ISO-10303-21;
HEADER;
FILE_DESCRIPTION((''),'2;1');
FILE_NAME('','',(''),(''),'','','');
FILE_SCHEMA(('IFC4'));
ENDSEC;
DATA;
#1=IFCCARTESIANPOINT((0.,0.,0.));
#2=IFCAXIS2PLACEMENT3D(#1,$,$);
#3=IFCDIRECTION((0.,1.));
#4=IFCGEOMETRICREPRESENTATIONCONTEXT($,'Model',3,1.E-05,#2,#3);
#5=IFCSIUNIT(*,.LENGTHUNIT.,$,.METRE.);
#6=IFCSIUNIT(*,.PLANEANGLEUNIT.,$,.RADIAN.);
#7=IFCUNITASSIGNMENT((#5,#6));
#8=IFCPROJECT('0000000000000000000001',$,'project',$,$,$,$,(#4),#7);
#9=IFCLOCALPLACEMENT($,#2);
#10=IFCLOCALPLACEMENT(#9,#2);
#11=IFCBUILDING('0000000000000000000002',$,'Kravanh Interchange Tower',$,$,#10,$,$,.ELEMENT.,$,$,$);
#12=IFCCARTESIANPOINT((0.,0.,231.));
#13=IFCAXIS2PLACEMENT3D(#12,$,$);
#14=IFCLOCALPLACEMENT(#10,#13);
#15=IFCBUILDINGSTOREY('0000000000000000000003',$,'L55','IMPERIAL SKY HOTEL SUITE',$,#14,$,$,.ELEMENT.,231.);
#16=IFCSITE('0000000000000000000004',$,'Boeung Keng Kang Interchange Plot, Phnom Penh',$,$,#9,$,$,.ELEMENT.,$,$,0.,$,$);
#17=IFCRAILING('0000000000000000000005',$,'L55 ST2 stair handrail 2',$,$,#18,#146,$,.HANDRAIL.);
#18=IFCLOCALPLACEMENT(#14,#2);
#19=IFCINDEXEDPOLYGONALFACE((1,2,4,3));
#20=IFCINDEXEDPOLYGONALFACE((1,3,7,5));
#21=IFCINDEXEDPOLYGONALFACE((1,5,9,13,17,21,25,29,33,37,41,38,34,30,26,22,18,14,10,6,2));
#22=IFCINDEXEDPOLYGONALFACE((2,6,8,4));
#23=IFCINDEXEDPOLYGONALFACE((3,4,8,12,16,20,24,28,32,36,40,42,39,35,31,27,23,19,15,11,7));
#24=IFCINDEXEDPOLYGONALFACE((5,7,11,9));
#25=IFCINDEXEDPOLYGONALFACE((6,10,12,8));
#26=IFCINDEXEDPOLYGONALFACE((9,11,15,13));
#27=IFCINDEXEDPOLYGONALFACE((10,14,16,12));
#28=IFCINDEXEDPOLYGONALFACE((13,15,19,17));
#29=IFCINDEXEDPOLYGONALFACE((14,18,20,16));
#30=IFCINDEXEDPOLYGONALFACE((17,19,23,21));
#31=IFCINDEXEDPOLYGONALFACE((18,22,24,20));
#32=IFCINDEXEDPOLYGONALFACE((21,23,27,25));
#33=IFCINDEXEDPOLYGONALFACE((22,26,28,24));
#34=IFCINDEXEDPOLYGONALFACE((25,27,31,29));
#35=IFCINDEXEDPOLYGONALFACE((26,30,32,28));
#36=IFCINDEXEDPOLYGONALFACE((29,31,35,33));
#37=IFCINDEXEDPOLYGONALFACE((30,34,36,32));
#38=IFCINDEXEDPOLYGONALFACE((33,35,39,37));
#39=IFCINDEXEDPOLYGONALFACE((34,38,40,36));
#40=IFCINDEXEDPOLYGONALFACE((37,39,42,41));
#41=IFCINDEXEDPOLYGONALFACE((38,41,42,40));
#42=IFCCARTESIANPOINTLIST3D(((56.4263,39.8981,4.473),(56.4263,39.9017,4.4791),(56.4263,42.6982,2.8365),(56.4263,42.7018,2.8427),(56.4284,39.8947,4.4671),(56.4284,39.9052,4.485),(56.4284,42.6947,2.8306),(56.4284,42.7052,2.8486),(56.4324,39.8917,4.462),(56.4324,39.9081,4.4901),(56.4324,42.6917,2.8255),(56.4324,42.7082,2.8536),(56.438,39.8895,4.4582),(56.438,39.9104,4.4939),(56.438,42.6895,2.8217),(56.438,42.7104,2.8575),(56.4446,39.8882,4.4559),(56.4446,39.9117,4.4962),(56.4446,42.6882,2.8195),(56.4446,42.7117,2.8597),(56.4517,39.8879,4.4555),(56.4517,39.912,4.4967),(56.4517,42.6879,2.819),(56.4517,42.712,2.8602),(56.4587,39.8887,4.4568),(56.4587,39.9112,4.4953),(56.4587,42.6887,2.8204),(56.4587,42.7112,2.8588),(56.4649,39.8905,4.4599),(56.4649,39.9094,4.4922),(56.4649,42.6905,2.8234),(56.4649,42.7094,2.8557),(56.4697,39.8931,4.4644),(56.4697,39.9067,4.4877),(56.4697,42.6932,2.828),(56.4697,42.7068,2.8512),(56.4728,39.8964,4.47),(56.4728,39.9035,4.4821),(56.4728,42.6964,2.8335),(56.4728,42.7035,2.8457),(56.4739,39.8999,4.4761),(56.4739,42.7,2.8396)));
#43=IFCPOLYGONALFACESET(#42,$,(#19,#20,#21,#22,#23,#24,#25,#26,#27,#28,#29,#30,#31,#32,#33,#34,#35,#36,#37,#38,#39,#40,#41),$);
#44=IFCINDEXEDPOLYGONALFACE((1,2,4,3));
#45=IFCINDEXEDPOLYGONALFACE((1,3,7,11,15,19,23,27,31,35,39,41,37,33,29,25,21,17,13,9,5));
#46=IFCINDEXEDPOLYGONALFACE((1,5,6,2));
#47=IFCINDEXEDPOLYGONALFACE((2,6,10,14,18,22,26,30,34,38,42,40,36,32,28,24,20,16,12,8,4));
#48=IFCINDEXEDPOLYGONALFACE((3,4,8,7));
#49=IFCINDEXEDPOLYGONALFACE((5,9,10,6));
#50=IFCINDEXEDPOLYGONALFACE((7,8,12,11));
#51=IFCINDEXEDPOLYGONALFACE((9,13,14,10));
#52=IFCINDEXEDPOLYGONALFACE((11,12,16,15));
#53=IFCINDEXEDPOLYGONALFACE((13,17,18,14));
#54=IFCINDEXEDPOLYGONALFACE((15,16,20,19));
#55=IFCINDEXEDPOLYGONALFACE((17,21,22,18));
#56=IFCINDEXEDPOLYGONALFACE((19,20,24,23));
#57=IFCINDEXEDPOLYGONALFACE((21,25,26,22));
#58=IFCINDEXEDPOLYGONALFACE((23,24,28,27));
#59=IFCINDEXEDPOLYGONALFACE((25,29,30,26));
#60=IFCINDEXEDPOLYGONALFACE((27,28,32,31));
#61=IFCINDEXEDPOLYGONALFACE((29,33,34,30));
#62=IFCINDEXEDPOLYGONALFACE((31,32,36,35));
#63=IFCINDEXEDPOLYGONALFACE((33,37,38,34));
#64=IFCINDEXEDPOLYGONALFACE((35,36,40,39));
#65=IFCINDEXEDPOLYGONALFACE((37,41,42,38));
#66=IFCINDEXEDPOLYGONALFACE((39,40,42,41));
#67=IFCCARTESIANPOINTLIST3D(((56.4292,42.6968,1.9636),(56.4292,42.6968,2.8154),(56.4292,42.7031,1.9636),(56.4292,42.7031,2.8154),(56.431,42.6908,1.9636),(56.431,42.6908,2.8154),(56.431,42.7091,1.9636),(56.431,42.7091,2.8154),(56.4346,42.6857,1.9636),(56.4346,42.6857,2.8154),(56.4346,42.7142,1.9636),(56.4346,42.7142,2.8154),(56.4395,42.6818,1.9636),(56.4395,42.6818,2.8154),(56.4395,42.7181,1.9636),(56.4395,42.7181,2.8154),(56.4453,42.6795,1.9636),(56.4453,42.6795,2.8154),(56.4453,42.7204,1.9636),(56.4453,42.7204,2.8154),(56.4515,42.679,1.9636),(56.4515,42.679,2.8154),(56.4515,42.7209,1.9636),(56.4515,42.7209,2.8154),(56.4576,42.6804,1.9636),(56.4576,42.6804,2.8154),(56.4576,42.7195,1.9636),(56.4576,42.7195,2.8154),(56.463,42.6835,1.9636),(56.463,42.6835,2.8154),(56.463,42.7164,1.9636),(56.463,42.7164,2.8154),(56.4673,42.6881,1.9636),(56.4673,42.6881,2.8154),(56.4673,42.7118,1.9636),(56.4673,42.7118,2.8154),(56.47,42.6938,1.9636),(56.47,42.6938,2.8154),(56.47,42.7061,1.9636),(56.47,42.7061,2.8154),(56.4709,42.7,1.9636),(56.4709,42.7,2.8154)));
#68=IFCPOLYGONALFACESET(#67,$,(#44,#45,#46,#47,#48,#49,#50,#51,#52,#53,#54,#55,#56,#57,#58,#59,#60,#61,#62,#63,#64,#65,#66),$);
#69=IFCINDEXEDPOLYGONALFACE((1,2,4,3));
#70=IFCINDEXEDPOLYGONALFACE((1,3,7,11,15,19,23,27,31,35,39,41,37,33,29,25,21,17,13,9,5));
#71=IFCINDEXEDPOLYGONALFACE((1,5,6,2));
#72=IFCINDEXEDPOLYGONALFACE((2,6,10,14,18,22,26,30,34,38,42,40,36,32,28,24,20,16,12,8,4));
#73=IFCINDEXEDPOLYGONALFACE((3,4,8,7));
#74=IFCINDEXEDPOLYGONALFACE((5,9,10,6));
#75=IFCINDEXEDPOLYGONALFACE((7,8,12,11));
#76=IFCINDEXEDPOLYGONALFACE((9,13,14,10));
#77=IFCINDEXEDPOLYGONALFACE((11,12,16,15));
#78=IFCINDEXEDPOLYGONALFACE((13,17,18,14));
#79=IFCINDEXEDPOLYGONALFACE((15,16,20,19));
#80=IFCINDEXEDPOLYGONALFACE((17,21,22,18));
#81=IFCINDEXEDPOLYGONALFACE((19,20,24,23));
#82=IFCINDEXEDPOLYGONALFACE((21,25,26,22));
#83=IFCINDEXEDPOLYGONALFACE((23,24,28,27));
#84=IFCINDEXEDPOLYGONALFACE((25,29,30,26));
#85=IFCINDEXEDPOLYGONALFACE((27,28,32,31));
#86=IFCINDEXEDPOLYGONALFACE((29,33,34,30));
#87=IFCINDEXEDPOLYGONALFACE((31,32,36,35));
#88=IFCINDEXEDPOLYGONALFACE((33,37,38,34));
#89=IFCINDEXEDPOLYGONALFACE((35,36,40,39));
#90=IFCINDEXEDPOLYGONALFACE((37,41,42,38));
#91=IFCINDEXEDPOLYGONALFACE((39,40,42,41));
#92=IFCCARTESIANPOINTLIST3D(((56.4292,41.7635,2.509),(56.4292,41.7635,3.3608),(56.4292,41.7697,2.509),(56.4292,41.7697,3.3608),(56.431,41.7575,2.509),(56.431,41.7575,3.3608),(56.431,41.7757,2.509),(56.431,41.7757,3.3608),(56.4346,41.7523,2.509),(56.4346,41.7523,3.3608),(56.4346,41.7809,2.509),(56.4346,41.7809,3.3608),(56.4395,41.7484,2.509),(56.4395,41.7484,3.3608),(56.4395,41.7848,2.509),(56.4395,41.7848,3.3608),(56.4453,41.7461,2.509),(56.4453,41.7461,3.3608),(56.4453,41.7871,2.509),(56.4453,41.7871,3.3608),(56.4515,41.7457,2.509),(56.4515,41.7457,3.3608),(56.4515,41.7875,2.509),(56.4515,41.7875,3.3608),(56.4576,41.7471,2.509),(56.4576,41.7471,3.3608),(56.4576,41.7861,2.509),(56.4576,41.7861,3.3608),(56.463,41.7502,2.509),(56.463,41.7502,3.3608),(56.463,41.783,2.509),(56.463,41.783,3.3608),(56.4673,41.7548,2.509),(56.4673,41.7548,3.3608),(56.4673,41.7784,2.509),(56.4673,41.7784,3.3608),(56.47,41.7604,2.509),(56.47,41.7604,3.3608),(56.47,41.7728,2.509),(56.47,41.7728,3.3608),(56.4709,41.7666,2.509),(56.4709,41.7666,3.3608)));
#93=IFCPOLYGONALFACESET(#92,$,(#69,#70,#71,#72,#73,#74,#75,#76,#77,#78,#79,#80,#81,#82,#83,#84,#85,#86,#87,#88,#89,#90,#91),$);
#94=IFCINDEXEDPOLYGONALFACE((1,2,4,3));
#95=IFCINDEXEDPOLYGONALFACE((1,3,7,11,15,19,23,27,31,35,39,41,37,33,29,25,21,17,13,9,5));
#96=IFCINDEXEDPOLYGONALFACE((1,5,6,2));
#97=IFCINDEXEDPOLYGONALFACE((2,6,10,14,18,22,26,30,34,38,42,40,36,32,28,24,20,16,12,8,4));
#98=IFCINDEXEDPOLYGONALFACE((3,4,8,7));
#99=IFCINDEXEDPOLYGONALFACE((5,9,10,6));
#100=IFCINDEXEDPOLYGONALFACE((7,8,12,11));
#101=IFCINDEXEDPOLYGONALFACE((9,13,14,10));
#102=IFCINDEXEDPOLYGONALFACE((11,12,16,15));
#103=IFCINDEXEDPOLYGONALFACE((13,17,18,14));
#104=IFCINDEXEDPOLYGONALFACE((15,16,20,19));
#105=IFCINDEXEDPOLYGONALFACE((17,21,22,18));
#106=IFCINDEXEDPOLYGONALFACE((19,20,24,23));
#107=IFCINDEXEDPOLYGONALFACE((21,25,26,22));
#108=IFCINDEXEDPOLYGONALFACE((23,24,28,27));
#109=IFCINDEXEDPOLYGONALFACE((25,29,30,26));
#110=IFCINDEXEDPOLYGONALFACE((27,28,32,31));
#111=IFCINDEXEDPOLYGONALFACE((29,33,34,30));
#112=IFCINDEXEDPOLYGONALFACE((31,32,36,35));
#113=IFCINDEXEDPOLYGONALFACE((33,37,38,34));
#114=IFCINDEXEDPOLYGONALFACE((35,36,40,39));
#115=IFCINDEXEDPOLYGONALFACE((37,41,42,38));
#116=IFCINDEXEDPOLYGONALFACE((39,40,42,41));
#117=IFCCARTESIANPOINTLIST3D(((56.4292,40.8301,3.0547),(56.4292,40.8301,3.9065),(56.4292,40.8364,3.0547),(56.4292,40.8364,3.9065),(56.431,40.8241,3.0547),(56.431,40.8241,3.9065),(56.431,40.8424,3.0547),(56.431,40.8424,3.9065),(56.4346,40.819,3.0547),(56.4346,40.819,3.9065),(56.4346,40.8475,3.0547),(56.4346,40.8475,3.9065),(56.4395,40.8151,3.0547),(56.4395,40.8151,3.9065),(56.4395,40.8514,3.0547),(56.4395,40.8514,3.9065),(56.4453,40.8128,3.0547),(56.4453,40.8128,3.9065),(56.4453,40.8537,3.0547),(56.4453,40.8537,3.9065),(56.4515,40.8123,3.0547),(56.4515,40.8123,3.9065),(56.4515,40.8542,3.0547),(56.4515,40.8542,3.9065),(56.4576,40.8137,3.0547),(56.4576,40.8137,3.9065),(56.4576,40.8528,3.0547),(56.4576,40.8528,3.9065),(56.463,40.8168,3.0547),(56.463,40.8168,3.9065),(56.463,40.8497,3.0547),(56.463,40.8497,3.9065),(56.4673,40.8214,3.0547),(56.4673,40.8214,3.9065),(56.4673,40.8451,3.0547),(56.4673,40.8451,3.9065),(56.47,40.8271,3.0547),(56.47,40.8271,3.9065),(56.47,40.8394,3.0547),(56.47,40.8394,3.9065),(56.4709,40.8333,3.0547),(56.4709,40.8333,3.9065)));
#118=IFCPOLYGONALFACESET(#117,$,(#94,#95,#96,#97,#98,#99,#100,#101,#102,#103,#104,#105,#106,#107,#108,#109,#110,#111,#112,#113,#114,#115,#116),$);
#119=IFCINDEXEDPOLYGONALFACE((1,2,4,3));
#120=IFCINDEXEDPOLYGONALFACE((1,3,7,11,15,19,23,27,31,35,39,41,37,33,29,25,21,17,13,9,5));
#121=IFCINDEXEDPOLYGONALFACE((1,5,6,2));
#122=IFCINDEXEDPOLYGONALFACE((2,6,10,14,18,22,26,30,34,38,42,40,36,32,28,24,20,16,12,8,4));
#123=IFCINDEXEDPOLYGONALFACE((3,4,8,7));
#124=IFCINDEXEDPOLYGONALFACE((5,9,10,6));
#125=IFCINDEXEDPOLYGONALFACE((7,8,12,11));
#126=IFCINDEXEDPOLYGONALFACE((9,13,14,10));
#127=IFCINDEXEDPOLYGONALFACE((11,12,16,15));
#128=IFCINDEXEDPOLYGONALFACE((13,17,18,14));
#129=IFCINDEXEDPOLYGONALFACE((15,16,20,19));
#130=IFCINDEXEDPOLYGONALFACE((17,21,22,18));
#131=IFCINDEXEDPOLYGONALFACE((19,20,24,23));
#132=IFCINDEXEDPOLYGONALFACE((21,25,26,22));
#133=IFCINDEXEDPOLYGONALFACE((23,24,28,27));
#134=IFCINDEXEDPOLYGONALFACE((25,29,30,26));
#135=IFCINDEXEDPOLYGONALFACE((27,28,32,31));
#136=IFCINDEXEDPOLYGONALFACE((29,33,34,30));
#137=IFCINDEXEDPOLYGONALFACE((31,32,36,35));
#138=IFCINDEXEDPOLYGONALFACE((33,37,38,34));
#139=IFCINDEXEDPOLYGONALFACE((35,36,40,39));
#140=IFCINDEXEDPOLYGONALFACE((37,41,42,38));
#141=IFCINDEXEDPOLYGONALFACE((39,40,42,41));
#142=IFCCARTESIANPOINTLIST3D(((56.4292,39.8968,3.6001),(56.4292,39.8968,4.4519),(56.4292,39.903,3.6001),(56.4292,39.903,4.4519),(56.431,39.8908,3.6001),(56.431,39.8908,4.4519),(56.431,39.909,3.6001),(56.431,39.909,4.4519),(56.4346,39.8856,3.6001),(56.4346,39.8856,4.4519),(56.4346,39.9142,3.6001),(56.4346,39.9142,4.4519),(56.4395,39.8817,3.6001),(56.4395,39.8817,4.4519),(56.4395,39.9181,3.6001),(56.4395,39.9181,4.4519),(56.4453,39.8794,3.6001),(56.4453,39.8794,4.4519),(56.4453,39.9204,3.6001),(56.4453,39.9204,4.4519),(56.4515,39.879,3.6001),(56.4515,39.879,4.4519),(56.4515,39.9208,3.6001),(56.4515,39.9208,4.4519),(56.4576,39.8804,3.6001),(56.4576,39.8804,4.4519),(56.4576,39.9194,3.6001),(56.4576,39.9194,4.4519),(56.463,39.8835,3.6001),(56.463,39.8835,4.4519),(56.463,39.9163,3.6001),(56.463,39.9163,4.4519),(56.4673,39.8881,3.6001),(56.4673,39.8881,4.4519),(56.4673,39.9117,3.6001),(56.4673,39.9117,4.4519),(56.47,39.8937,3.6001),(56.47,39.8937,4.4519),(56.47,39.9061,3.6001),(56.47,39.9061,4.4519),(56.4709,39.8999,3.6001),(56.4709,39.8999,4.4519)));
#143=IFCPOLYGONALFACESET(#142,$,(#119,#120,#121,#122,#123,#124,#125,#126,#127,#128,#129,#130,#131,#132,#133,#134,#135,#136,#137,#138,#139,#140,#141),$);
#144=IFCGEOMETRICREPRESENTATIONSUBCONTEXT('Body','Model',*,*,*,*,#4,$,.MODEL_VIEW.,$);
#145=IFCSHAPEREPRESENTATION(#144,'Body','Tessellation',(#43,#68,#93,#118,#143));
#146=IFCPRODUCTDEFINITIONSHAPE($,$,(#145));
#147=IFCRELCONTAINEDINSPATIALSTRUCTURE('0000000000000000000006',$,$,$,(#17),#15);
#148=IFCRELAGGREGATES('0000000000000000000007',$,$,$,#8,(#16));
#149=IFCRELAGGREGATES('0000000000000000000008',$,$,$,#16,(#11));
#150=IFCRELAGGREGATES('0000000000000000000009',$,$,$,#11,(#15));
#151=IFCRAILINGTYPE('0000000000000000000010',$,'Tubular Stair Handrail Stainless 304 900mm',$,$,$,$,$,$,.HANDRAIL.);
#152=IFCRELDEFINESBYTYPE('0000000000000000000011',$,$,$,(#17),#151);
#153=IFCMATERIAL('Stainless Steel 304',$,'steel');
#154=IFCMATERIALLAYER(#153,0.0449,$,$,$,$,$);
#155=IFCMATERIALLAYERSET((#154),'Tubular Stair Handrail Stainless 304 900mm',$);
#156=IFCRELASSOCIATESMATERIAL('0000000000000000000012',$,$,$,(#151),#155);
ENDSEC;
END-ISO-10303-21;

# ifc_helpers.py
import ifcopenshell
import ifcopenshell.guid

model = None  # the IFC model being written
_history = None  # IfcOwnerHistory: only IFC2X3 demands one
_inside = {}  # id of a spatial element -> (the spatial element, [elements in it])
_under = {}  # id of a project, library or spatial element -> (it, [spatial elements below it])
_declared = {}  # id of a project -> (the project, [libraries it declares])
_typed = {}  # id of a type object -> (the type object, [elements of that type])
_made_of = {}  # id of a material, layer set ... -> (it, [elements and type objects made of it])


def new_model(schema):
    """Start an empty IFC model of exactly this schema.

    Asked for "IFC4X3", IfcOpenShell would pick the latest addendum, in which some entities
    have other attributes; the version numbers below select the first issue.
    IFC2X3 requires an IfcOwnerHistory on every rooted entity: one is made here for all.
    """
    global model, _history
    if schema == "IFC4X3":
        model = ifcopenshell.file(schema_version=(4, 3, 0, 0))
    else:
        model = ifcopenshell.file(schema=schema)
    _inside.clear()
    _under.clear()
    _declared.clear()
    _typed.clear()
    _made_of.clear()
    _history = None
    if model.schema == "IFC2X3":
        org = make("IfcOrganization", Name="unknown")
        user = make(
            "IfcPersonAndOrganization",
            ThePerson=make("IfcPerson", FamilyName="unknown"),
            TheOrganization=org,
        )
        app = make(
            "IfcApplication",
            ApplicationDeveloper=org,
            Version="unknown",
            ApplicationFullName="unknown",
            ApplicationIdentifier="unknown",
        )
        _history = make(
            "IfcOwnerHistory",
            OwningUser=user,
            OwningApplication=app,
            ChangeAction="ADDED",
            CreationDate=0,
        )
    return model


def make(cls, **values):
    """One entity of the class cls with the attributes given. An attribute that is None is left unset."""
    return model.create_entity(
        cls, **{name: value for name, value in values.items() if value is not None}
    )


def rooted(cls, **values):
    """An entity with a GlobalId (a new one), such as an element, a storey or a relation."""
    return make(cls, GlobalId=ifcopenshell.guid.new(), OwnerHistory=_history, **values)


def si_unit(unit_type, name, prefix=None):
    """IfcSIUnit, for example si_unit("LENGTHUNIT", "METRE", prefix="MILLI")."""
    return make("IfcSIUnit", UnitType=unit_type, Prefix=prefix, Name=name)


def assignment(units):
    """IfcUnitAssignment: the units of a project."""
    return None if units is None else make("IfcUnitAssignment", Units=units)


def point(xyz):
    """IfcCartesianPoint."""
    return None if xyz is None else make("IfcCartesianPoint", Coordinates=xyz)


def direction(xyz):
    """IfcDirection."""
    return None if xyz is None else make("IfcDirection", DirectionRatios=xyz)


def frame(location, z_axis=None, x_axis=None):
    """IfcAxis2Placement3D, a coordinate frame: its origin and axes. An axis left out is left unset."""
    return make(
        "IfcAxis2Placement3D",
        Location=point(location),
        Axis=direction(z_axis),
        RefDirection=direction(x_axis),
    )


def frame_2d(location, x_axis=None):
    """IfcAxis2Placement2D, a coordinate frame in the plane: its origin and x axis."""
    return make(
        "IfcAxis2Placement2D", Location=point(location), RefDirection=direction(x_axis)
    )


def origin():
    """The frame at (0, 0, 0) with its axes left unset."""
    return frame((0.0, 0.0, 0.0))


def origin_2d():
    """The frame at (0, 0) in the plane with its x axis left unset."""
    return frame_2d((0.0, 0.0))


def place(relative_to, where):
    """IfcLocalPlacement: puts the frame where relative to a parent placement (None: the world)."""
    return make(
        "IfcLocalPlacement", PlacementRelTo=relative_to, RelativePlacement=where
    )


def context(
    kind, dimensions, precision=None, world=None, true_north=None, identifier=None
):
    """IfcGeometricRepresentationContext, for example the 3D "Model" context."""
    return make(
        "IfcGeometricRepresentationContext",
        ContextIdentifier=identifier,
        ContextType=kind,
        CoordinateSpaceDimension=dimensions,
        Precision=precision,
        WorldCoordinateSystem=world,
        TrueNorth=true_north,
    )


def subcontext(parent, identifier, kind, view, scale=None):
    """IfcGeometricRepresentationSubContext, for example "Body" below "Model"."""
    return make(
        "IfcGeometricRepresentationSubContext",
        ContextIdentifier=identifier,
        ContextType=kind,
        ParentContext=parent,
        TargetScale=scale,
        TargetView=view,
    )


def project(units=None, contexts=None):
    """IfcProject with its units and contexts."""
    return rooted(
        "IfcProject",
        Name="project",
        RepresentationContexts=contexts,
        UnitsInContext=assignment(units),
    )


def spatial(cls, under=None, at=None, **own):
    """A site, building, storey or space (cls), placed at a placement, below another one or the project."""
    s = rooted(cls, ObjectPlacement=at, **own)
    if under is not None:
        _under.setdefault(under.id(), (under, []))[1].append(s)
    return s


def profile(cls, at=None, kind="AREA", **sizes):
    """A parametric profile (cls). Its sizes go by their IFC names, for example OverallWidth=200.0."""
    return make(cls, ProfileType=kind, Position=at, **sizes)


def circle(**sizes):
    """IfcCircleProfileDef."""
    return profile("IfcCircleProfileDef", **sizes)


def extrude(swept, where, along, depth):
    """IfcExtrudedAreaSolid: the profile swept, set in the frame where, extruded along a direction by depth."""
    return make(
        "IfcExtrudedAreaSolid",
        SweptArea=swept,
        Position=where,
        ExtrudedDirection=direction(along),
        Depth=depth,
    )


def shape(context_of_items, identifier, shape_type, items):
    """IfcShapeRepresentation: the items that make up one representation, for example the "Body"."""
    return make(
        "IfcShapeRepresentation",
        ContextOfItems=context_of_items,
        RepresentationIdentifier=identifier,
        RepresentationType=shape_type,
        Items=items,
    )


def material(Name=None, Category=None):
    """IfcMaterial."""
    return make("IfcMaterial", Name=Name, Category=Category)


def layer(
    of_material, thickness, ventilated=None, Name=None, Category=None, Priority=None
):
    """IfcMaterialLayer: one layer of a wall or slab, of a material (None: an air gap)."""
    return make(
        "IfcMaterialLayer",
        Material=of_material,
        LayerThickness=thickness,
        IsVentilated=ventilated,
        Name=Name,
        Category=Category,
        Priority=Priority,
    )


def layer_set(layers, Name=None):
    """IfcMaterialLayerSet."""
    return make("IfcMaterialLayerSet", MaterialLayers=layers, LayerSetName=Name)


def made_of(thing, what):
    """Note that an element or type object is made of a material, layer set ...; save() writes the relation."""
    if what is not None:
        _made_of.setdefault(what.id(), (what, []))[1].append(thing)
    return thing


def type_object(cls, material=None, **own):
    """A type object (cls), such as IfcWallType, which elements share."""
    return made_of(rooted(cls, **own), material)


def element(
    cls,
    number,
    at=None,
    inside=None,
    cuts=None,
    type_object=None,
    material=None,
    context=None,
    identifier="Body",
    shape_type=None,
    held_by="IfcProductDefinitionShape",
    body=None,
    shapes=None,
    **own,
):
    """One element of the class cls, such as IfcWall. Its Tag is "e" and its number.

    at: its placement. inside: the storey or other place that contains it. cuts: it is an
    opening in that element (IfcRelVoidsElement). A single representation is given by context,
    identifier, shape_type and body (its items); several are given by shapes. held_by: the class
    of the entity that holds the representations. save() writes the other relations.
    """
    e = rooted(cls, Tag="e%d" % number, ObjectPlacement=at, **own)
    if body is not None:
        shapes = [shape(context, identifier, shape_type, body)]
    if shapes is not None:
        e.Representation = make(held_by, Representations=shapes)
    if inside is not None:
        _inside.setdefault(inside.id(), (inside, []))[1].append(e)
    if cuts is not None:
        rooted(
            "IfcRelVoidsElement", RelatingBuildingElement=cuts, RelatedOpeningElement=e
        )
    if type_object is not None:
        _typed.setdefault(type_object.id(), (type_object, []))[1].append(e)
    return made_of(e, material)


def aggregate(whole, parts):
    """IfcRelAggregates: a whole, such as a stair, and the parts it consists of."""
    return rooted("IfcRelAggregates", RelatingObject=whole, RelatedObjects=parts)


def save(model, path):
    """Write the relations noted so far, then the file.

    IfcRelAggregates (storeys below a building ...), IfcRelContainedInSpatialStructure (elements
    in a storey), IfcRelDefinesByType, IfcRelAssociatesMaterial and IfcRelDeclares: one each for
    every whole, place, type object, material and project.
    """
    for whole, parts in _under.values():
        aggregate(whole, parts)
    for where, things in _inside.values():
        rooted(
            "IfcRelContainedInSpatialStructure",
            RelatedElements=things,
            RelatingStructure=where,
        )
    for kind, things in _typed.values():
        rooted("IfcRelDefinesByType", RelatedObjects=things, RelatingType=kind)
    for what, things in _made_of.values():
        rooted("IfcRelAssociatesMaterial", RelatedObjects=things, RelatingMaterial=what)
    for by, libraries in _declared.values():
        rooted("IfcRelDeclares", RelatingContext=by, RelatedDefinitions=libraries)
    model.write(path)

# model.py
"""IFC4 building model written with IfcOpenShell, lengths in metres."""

from ifc_helpers import new_model, si_unit, direction, frame, origin, origin_2d, place, context, subcontext, project, spatial, circle, extrude, material, layer, layer_set, type_object, element, save


model = new_model("IFC4")

# Units and contexts
model_context = context("Model", 3, precision=1e-05, world=origin(), true_north=direction((0.0, 1.0)))
body_context = subcontext(model_context, "Body", "Model", "MODEL_VIEW")
ifc_project = project(units=[si_unit("LENGTHUNIT", "METRE"), si_unit("PLANEANGLEUNIT", "RADIAN")], contexts=[model_context])

# Site, building, storey
site_placement = place(None, origin())
site = spatial("IfcSite", under=ifc_project, at=site_placement, Name="Boeung Keng Kang Interchange Plot, Phnom Penh", CompositionType="ELEMENT", RefElevation=0.0)
building_placement = place(site_placement, origin())
building = spatial("IfcBuilding", under=site, at=building_placement, Name="Kravanh Interchange Tower", CompositionType="ELEMENT")
storey_placement = place(building_placement, frame((0.0, 0.0, 231.0)))
storey = spatial("IfcBuildingStorey", under=building, at=storey_placement, Name="L55", Description="IMPERIAL SKY HOTEL SUITE", CompositionType="ELEMENT", Elevation=231.0)

# Railing
ifc_material_1 = material(Name="Stainless Steel 304", Category="steel")
ifc_layer_1 = layer(ifc_material_1, 0.0449)
ifc_layer_set_1 = layer_set([ifc_layer_1], Name="Tubular Stair Handrail Stainless 304 900mm")
railing_type_1 = type_object("IfcRailingType", Name="Tubular Stair Handrail Stainless 304 900mm", PredefinedType="HANDRAIL", material=ifc_layer_set_1)
railing_1_placement = place(storey_placement, frame((56.45, 42.7, 1.9636)))
element("IfcRailing", 1, at=railing_1_placement, inside=storey, type_object=railing_type_1, Name="L55 ST2 stair handrail 2", PredefinedType="HANDRAIL", context=body_context, shape_type="SweptSolid", body=[
    extrude(circle(Radius=0.0239, at=origin_2d()), frame((0.0, 0.0, 0.876), z_axis=(0.0, -0.863361, 0.504587), x_axis=(1.0, 0.0, 0.0)), (0.0, 0.0, 1.0), 3.2432),
    extrude(circle(Radius=0.021, at=origin_2d()), origin(), (0.0, 0.0, 1.0), 0.8518),
    extrude(circle(Radius=0.021, at=origin_2d()), frame((0.0, -0.9333, 0.5454)), (0.0, 0.0, 1.0), 0.8518),
    extrude(circle(Radius=0.021, at=origin_2d()), frame((0.0, -1.8667, 1.0911)), (0.0, 0.0, 1.0), 0.8518),
    extrude(circle(Radius=0.021, at=origin_2d()), frame((0.0, -2.8, 1.6365)), (0.0, 0.0, 1.0), 0.8518),
])

save(model, "model.ifc")
